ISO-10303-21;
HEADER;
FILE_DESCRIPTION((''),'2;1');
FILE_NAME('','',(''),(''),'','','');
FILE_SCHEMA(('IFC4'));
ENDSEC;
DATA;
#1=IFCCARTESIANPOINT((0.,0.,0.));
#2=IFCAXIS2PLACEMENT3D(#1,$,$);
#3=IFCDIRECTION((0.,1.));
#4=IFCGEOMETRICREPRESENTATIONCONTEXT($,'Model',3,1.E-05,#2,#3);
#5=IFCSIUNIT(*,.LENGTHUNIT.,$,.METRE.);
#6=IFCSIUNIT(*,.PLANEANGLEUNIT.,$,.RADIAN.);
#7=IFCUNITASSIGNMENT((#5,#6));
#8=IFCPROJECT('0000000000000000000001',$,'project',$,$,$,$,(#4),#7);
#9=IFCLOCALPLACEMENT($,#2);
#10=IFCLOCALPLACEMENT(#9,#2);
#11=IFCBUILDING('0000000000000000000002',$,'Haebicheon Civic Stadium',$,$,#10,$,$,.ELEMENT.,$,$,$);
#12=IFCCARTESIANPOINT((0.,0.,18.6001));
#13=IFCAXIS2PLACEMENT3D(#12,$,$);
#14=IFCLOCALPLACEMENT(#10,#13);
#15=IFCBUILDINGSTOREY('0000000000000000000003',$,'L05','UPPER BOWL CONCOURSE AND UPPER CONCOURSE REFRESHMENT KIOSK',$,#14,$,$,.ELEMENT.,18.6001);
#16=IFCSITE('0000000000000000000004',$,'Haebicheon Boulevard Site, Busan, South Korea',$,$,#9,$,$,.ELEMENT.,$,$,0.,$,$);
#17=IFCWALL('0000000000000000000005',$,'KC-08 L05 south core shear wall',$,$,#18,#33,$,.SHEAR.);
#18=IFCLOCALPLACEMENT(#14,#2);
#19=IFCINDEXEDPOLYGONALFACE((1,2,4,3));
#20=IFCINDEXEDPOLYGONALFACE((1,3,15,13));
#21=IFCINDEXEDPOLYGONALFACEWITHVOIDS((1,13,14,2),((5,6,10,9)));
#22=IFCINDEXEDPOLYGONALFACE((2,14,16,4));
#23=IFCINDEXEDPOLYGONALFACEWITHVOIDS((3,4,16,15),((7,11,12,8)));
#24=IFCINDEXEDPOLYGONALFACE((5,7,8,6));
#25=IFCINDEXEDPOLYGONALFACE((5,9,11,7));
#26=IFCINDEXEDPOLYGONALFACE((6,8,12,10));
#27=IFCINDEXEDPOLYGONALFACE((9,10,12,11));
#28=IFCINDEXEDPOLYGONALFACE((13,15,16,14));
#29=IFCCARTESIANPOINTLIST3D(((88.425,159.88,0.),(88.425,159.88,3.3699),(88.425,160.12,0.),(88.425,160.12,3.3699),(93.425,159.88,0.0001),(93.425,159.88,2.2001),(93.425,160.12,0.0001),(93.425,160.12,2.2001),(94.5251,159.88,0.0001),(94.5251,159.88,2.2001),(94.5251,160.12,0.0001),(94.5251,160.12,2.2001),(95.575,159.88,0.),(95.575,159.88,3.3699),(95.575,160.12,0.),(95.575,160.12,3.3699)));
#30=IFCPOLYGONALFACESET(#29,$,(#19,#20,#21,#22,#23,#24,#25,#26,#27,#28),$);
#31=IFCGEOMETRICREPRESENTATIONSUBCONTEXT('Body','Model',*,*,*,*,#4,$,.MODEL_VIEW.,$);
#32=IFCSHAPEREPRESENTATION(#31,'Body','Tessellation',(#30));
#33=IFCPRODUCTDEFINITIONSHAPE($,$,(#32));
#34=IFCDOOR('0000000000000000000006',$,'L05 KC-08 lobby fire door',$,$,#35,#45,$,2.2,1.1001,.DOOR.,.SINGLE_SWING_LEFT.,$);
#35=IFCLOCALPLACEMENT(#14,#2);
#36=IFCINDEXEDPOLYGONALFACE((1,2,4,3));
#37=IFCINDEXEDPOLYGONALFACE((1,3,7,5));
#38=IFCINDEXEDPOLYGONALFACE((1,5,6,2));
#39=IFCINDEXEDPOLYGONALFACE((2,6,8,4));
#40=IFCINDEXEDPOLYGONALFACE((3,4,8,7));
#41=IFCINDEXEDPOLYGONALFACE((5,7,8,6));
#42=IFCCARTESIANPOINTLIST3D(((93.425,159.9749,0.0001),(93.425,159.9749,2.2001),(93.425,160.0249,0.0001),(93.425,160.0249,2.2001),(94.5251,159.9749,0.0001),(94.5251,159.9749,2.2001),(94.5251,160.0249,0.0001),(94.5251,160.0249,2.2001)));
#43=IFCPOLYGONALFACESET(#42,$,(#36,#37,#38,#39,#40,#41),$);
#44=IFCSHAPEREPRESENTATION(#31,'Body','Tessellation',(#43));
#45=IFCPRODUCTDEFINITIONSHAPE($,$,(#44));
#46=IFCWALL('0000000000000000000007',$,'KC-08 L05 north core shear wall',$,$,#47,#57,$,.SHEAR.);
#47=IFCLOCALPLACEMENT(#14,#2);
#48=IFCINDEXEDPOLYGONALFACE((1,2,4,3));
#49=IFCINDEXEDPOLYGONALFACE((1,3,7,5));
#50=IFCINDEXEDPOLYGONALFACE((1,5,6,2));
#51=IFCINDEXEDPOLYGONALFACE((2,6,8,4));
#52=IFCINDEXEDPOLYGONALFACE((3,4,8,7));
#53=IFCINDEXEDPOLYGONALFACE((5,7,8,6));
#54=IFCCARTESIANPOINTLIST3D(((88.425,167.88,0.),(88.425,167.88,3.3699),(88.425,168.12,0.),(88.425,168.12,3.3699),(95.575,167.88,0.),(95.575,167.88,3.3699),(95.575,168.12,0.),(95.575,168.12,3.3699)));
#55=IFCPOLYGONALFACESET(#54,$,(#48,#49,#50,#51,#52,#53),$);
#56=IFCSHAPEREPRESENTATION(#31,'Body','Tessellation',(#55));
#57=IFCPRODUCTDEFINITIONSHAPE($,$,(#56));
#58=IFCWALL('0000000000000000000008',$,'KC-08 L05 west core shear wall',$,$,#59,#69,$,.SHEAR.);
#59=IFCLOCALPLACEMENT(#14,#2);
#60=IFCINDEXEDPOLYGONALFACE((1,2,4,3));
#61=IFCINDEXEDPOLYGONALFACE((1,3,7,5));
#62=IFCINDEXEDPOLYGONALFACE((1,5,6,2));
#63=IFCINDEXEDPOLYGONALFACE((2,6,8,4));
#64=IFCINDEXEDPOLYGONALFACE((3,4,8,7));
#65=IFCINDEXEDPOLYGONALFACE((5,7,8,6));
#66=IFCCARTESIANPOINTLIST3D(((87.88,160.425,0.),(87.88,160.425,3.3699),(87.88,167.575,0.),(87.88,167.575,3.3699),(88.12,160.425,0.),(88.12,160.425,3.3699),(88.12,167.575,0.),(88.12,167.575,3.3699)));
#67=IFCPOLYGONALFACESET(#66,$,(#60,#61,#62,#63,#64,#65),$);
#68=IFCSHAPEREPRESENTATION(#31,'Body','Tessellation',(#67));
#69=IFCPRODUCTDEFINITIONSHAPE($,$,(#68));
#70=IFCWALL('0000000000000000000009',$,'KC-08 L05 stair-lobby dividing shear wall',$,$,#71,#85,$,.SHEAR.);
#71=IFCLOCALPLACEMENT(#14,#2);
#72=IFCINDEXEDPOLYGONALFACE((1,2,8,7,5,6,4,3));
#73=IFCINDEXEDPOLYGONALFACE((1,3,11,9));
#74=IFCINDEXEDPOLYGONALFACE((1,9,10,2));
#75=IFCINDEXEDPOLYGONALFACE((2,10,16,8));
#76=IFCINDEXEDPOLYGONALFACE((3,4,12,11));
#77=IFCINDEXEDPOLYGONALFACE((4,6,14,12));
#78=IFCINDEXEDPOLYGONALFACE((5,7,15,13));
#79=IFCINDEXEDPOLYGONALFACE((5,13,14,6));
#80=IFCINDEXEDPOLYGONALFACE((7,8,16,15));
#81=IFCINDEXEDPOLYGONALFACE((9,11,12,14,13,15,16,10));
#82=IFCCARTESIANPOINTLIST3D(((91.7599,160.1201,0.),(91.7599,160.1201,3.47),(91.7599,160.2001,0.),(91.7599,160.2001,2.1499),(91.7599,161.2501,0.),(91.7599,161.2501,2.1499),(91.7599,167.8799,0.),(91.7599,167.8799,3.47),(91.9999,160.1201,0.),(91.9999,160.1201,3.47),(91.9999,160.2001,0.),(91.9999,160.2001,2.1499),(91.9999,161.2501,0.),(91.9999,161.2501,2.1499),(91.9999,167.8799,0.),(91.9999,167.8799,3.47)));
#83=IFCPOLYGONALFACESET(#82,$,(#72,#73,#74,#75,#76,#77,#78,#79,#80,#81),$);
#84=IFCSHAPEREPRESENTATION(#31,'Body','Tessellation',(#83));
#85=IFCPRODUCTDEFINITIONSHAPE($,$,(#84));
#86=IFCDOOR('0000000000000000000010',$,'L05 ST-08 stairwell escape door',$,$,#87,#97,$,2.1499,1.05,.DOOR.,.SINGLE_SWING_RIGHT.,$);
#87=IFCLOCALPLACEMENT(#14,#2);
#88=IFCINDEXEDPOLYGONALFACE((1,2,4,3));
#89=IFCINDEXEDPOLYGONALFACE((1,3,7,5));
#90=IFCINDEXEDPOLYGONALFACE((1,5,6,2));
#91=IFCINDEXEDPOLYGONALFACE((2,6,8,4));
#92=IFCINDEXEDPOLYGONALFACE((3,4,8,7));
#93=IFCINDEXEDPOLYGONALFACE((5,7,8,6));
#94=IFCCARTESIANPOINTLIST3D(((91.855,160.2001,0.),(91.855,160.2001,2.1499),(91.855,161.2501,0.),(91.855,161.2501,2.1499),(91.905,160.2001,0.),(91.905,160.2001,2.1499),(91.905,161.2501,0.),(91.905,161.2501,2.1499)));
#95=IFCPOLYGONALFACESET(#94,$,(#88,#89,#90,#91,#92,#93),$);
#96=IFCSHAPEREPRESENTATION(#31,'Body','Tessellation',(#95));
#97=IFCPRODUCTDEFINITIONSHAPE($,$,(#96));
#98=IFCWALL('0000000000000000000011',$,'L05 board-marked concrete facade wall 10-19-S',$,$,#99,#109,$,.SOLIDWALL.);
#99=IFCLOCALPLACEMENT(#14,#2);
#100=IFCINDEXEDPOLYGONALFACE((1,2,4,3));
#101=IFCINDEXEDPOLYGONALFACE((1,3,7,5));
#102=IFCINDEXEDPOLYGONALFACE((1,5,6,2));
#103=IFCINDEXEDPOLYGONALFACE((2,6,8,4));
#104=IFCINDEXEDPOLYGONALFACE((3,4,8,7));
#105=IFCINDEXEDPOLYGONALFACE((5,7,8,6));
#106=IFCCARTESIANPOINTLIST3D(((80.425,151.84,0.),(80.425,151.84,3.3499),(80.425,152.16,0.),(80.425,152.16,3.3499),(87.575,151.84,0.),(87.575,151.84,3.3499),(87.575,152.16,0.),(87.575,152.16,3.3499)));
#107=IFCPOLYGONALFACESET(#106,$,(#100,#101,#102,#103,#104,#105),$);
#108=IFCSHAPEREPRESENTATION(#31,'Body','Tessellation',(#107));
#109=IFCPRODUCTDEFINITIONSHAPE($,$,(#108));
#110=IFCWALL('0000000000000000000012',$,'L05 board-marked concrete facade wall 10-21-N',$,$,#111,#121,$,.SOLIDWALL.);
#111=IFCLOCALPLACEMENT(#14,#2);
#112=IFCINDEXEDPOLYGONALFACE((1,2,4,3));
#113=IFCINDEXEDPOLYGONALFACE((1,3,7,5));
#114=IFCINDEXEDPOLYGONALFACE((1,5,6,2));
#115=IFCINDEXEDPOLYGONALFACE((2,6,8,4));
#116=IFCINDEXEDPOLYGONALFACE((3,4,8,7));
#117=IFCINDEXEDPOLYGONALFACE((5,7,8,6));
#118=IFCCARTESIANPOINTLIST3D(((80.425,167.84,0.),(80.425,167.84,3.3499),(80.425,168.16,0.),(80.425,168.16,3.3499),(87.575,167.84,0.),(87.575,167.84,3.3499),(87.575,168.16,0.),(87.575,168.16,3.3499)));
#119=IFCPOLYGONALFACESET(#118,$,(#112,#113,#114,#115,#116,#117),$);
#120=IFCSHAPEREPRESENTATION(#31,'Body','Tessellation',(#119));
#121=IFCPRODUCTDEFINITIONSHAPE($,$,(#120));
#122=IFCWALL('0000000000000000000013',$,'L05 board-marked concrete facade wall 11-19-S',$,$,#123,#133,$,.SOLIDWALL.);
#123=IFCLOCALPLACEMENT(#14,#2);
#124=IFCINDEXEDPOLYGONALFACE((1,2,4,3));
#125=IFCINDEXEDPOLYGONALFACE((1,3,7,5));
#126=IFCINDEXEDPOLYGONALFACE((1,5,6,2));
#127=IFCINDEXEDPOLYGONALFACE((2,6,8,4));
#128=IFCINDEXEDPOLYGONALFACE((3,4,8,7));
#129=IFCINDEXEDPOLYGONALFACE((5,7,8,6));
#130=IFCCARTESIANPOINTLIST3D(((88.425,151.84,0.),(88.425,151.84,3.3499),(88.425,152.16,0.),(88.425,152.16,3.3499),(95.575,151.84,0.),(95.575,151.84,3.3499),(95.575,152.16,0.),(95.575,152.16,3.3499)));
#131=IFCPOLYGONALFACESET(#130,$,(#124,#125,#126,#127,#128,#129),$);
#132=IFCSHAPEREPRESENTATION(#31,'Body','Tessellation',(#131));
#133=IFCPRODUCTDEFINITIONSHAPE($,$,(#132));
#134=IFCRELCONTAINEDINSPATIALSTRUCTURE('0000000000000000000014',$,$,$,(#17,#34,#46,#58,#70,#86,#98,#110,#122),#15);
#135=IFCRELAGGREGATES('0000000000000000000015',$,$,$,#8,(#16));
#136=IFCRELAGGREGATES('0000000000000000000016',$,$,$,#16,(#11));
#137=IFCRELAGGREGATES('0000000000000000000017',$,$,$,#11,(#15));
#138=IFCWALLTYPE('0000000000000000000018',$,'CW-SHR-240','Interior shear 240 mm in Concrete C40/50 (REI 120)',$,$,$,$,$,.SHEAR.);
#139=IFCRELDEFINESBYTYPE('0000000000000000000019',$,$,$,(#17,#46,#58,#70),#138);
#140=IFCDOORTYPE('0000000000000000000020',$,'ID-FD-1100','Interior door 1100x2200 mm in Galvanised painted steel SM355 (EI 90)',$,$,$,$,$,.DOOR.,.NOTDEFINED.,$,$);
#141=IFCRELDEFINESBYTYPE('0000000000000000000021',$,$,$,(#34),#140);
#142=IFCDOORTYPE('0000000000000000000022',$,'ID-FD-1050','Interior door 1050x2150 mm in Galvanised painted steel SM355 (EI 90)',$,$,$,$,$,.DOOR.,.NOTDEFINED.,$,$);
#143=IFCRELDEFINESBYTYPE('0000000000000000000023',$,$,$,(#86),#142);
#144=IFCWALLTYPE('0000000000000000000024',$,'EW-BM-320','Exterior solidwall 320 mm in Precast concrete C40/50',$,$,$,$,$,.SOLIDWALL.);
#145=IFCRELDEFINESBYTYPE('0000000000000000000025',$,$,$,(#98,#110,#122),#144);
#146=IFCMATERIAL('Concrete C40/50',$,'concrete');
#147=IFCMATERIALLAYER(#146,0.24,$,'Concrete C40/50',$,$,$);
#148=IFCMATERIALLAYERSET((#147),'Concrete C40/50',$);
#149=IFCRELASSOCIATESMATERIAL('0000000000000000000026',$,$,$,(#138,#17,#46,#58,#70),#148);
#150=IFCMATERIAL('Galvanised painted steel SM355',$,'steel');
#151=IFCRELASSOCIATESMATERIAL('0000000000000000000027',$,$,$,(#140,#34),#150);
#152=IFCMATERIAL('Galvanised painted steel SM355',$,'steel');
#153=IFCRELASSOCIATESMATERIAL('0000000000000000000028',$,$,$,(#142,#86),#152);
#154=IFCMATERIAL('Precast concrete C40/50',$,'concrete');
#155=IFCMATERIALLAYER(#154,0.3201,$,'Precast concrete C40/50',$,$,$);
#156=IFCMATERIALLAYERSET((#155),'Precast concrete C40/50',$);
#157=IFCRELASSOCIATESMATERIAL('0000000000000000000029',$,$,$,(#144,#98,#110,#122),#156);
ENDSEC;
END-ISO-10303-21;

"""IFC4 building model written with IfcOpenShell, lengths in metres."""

from ifc_helpers import new_model, si_unit, direction, frame, frame_2d, origin, place, context, subcontext, project, spatial, rectangle, extrude, material, layer, layer_set, type_object, element, fill, save


model = new_model("IFC4")

# Units and contexts
model_context = context("Model", 3, precision=1e-05, world=origin(), true_north=direction((0.0, 1.0)))
body_context = subcontext(model_context, "Body", "Model", "MODEL_VIEW")
ifc_project = project(units=[si_unit("LENGTHUNIT", "METRE"), si_unit("PLANEANGLEUNIT", "RADIAN")], contexts=[model_context])

# Site, building, storey
site_placement = place(None, origin())
site = spatial("IfcSite", under=ifc_project, at=site_placement, Name="Haebicheon Boulevard Site, Busan, South Korea", CompositionType="ELEMENT", RefElevation=0.0)
building_placement = place(site_placement, origin())
building = spatial("IfcBuilding", under=site, at=building_placement, Name="Haebicheon Civic Stadium", CompositionType="ELEMENT")
storey_placement = place(building_placement, frame((0.0, 0.0, 18.6001)))
storey = spatial("IfcBuildingStorey", under=building, at=storey_placement, Name="L05", Description="UPPER BOWL CONCOURSE AND UPPER CONCOURSE REFRESHMENT KIOSK", CompositionType="ELEMENT", Elevation=18.6001)

# Wall, opening, door
ifc_material_1 = material(Name="Concrete C40/50", Category="concrete")
ifc_layer_1 = layer(ifc_material_1, 0.24, Name="Concrete C40/50")
ifc_layer_set_1 = layer_set([ifc_layer_1], Name="Concrete C40/50")
wall_type_1 = type_object("IfcWallType", Name="CW-SHR-240", Description="Interior shear 240 mm in Concrete C40/50 (REI 120)", PredefinedType="SHEAR", material=ifc_layer_set_1)
wall_1_placement = place(storey_placement, frame((88.425, 160.0, 0.0), z_axis=(0.0, 0.0, 1.0), x_axis=(1.0, 0.0, 0.0)))
wall_1 = element("IfcWall", 1, at=wall_1_placement, inside=storey, type_object=wall_type_1, material=ifc_layer_set_1, Name="KC-08 L05 south core shear wall", PredefinedType="SHEAR", context=body_context, shape_type="SweptSolid", body=[
    extrude(rectangle(XDim=7.1499, YDim=0.24, at=frame_2d((3.575, 0.0))), origin(), (0.0, 0.0, 1.0), 3.3699),
])
opening_1_placement = place(wall_1_placement, frame((5.0, 0.0, 0.0)))
opening_1 = element("IfcOpeningElement", 2, at=opening_1_placement, cuts=wall_1, PredefinedType="OPENING", context=body_context, shape_type="SweptSolid", body=[
    extrude(rectangle(XDim=1.1001, YDim=2.2, at=frame_2d((0.55, 1.1001))), frame((0.0, 0.1299, 0.0), z_axis=(0.0, -1.0, 0.0), x_axis=(1.0, 0.0, 0.0)), (0.0, 0.0, 1.0), 0.26),
])
ifc_material_2 = material(Name="Galvanised painted steel SM355", Category="steel")
door_type_1 = type_object("IfcDoorType", Name="ID-FD-1100", Description="Interior door 1100x2200 mm in Galvanised painted steel SM355 (EI 90)", OperationType="NOTDEFINED", PredefinedType="DOOR", material=ifc_material_2)
door_1_placement = place(opening_1_placement, origin())
door_1 = element("IfcDoor", 3, at=door_1_placement, inside=storey, type_object=door_type_1, material=ifc_material_2, Name="L05 KC-08 lobby fire door", OperationType="SINGLE_SWING_LEFT", OverallHeight=2.2, OverallWidth=1.1001, PredefinedType="DOOR", context=body_context, shape_type="SweptSolid", body=[
    extrude(rectangle(XDim=1.1001, YDim=2.2, at=frame_2d((0.55, 1.1001))), frame((0.0, 0.0249, 0.0), z_axis=(0.0, -1.0, 0.0), x_axis=(1.0, 0.0, 0.0)), (0.0, 0.0, 1.0), 0.05),
])
fill(opening_1, door_1)

# Walls
for number, where, z_axis, x_axis, name in (
    (4, (88.425, 168.0, 0.0), (0.0, 0.0, 1.0), (1.0, 0.0, 0.0), "KC-08 L05 north core shear wall"),
    (5, (88.0, 160.425, 0.0), (0.0, 0.0, 1.0), (0.0, 1.0, 0.0), "KC-08 L05 west core shear wall"),
):
    element("IfcWall", number, at=place(storey_placement, frame(where, z_axis=z_axis, x_axis=x_axis)), inside=storey, type_object=wall_type_1, material=ifc_layer_set_1, Name=name, PredefinedType="SHEAR", context=body_context, shape_type="SweptSolid", body=[
        extrude(rectangle(XDim=7.1499, YDim=0.24, at=frame_2d((3.575, 0.0))), origin(), (0.0, 0.0, 1.0), 3.3699),
    ])

# Wall, opening, door
wall_2_placement = place(storey_placement, frame((91.8799, 160.1201, 0.0), z_axis=(0.0, 0.0, 1.0), x_axis=(0.0, 1.0, 0.0)))
wall_2 = element("IfcWall", 6, at=wall_2_placement, inside=storey, type_object=wall_type_1, material=ifc_layer_set_1, Name="KC-08 L05 stair-lobby dividing shear wall", PredefinedType="SHEAR", context=body_context, shape_type="SweptSolid", body=[
    extrude(rectangle(XDim=7.7598, YDim=0.24, at=frame_2d((3.8799, 0.0))), origin(), (0.0, 0.0, 1.0), 3.47),
])
opening_2_placement = place(wall_2_placement, frame((0.0801, 0.0, 0.0)))
opening_2 = element("IfcOpeningElement", 7, at=opening_2_placement, cuts=wall_2, PredefinedType="OPENING", context=body_context, shape_type="SweptSolid", body=[
    extrude(rectangle(XDim=1.05, YDim=2.1499, at=frame_2d((0.5249, 1.075))), frame((0.0, 0.1299, 0.0), z_axis=(0.0, -1.0, 0.0), x_axis=(1.0, 0.0, 0.0)), (0.0, 0.0, 1.0), 0.26),
])
ifc_material_3 = material(Name="Galvanised painted steel SM355", Category="steel")
door_type_2 = type_object("IfcDoorType", Name="ID-FD-1050", Description="Interior door 1050x2150 mm in Galvanised painted steel SM355 (EI 90)", OperationType="NOTDEFINED", PredefinedType="DOOR", material=ifc_material_3)
door_2_placement = place(opening_2_placement, origin())
door_2 = element("IfcDoor", 8, at=door_2_placement, inside=storey, type_object=door_type_2, material=ifc_material_3, Name="L05 ST-08 stairwell escape door", OperationType="SINGLE_SWING_RIGHT", OverallHeight=2.1499, OverallWidth=1.05, PredefinedType="DOOR", context=body_context, shape_type="SweptSolid", body=[
    extrude(rectangle(XDim=1.05, YDim=2.1499, at=frame_2d((0.5249, 1.075))), frame((0.0, 0.0249, 0.0), z_axis=(0.0, -1.0, 0.0), x_axis=(1.0, 0.0, 0.0)), (0.0, 0.0, 1.0), 0.05),
])
fill(opening_2, door_2)

# Walls
ifc_material_4 = material(Name="Precast concrete C40/50", Category="concrete")
ifc_layer_2 = layer(ifc_material_4, 0.3201, Name="Precast concrete C40/50")
ifc_layer_set_2 = layer_set([ifc_layer_2], Name="Precast concrete C40/50")
wall_type_2 = type_object("IfcWallType", Name="EW-BM-320", Description="Exterior solidwall 320 mm in Precast concrete C40/50", PredefinedType="SOLIDWALL", material=ifc_layer_set_2)
for number, where, z_axis, x_axis, name in (
    (9, (80.425, 152.0, 0.0), (0.0, 0.0, 1.0), (1.0, 0.0, 0.0), "L05 board-marked concrete facade wall 10-19-S"),
    (10, (80.425, 168.0, 0.0), (0.0, 0.0, 1.0), (1.0, 0.0, 0.0), "L05 board-marked concrete facade wall 10-21-N"),
    (11, (88.425, 152.0, 0.0), (0.0, 0.0, 1.0), (1.0, 0.0, 0.0), "L05 board-marked concrete facade wall 11-19-S"),
):
    element("IfcWall", number, at=place(storey_placement, frame(where, z_axis=z_axis, x_axis=x_axis)), inside=storey, type_object=wall_type_2, material=ifc_layer_set_2, Name=name, PredefinedType="SOLIDWALL", context=body_context, shape_type="SweptSolid", body=[
        extrude(rectangle(XDim=7.1499, YDim=0.3201, at=frame_2d((3.575, 0.0))), origin(), (0.0, 0.0, 1.0), 3.3499),
    ])

save(model, "model.ifc")
